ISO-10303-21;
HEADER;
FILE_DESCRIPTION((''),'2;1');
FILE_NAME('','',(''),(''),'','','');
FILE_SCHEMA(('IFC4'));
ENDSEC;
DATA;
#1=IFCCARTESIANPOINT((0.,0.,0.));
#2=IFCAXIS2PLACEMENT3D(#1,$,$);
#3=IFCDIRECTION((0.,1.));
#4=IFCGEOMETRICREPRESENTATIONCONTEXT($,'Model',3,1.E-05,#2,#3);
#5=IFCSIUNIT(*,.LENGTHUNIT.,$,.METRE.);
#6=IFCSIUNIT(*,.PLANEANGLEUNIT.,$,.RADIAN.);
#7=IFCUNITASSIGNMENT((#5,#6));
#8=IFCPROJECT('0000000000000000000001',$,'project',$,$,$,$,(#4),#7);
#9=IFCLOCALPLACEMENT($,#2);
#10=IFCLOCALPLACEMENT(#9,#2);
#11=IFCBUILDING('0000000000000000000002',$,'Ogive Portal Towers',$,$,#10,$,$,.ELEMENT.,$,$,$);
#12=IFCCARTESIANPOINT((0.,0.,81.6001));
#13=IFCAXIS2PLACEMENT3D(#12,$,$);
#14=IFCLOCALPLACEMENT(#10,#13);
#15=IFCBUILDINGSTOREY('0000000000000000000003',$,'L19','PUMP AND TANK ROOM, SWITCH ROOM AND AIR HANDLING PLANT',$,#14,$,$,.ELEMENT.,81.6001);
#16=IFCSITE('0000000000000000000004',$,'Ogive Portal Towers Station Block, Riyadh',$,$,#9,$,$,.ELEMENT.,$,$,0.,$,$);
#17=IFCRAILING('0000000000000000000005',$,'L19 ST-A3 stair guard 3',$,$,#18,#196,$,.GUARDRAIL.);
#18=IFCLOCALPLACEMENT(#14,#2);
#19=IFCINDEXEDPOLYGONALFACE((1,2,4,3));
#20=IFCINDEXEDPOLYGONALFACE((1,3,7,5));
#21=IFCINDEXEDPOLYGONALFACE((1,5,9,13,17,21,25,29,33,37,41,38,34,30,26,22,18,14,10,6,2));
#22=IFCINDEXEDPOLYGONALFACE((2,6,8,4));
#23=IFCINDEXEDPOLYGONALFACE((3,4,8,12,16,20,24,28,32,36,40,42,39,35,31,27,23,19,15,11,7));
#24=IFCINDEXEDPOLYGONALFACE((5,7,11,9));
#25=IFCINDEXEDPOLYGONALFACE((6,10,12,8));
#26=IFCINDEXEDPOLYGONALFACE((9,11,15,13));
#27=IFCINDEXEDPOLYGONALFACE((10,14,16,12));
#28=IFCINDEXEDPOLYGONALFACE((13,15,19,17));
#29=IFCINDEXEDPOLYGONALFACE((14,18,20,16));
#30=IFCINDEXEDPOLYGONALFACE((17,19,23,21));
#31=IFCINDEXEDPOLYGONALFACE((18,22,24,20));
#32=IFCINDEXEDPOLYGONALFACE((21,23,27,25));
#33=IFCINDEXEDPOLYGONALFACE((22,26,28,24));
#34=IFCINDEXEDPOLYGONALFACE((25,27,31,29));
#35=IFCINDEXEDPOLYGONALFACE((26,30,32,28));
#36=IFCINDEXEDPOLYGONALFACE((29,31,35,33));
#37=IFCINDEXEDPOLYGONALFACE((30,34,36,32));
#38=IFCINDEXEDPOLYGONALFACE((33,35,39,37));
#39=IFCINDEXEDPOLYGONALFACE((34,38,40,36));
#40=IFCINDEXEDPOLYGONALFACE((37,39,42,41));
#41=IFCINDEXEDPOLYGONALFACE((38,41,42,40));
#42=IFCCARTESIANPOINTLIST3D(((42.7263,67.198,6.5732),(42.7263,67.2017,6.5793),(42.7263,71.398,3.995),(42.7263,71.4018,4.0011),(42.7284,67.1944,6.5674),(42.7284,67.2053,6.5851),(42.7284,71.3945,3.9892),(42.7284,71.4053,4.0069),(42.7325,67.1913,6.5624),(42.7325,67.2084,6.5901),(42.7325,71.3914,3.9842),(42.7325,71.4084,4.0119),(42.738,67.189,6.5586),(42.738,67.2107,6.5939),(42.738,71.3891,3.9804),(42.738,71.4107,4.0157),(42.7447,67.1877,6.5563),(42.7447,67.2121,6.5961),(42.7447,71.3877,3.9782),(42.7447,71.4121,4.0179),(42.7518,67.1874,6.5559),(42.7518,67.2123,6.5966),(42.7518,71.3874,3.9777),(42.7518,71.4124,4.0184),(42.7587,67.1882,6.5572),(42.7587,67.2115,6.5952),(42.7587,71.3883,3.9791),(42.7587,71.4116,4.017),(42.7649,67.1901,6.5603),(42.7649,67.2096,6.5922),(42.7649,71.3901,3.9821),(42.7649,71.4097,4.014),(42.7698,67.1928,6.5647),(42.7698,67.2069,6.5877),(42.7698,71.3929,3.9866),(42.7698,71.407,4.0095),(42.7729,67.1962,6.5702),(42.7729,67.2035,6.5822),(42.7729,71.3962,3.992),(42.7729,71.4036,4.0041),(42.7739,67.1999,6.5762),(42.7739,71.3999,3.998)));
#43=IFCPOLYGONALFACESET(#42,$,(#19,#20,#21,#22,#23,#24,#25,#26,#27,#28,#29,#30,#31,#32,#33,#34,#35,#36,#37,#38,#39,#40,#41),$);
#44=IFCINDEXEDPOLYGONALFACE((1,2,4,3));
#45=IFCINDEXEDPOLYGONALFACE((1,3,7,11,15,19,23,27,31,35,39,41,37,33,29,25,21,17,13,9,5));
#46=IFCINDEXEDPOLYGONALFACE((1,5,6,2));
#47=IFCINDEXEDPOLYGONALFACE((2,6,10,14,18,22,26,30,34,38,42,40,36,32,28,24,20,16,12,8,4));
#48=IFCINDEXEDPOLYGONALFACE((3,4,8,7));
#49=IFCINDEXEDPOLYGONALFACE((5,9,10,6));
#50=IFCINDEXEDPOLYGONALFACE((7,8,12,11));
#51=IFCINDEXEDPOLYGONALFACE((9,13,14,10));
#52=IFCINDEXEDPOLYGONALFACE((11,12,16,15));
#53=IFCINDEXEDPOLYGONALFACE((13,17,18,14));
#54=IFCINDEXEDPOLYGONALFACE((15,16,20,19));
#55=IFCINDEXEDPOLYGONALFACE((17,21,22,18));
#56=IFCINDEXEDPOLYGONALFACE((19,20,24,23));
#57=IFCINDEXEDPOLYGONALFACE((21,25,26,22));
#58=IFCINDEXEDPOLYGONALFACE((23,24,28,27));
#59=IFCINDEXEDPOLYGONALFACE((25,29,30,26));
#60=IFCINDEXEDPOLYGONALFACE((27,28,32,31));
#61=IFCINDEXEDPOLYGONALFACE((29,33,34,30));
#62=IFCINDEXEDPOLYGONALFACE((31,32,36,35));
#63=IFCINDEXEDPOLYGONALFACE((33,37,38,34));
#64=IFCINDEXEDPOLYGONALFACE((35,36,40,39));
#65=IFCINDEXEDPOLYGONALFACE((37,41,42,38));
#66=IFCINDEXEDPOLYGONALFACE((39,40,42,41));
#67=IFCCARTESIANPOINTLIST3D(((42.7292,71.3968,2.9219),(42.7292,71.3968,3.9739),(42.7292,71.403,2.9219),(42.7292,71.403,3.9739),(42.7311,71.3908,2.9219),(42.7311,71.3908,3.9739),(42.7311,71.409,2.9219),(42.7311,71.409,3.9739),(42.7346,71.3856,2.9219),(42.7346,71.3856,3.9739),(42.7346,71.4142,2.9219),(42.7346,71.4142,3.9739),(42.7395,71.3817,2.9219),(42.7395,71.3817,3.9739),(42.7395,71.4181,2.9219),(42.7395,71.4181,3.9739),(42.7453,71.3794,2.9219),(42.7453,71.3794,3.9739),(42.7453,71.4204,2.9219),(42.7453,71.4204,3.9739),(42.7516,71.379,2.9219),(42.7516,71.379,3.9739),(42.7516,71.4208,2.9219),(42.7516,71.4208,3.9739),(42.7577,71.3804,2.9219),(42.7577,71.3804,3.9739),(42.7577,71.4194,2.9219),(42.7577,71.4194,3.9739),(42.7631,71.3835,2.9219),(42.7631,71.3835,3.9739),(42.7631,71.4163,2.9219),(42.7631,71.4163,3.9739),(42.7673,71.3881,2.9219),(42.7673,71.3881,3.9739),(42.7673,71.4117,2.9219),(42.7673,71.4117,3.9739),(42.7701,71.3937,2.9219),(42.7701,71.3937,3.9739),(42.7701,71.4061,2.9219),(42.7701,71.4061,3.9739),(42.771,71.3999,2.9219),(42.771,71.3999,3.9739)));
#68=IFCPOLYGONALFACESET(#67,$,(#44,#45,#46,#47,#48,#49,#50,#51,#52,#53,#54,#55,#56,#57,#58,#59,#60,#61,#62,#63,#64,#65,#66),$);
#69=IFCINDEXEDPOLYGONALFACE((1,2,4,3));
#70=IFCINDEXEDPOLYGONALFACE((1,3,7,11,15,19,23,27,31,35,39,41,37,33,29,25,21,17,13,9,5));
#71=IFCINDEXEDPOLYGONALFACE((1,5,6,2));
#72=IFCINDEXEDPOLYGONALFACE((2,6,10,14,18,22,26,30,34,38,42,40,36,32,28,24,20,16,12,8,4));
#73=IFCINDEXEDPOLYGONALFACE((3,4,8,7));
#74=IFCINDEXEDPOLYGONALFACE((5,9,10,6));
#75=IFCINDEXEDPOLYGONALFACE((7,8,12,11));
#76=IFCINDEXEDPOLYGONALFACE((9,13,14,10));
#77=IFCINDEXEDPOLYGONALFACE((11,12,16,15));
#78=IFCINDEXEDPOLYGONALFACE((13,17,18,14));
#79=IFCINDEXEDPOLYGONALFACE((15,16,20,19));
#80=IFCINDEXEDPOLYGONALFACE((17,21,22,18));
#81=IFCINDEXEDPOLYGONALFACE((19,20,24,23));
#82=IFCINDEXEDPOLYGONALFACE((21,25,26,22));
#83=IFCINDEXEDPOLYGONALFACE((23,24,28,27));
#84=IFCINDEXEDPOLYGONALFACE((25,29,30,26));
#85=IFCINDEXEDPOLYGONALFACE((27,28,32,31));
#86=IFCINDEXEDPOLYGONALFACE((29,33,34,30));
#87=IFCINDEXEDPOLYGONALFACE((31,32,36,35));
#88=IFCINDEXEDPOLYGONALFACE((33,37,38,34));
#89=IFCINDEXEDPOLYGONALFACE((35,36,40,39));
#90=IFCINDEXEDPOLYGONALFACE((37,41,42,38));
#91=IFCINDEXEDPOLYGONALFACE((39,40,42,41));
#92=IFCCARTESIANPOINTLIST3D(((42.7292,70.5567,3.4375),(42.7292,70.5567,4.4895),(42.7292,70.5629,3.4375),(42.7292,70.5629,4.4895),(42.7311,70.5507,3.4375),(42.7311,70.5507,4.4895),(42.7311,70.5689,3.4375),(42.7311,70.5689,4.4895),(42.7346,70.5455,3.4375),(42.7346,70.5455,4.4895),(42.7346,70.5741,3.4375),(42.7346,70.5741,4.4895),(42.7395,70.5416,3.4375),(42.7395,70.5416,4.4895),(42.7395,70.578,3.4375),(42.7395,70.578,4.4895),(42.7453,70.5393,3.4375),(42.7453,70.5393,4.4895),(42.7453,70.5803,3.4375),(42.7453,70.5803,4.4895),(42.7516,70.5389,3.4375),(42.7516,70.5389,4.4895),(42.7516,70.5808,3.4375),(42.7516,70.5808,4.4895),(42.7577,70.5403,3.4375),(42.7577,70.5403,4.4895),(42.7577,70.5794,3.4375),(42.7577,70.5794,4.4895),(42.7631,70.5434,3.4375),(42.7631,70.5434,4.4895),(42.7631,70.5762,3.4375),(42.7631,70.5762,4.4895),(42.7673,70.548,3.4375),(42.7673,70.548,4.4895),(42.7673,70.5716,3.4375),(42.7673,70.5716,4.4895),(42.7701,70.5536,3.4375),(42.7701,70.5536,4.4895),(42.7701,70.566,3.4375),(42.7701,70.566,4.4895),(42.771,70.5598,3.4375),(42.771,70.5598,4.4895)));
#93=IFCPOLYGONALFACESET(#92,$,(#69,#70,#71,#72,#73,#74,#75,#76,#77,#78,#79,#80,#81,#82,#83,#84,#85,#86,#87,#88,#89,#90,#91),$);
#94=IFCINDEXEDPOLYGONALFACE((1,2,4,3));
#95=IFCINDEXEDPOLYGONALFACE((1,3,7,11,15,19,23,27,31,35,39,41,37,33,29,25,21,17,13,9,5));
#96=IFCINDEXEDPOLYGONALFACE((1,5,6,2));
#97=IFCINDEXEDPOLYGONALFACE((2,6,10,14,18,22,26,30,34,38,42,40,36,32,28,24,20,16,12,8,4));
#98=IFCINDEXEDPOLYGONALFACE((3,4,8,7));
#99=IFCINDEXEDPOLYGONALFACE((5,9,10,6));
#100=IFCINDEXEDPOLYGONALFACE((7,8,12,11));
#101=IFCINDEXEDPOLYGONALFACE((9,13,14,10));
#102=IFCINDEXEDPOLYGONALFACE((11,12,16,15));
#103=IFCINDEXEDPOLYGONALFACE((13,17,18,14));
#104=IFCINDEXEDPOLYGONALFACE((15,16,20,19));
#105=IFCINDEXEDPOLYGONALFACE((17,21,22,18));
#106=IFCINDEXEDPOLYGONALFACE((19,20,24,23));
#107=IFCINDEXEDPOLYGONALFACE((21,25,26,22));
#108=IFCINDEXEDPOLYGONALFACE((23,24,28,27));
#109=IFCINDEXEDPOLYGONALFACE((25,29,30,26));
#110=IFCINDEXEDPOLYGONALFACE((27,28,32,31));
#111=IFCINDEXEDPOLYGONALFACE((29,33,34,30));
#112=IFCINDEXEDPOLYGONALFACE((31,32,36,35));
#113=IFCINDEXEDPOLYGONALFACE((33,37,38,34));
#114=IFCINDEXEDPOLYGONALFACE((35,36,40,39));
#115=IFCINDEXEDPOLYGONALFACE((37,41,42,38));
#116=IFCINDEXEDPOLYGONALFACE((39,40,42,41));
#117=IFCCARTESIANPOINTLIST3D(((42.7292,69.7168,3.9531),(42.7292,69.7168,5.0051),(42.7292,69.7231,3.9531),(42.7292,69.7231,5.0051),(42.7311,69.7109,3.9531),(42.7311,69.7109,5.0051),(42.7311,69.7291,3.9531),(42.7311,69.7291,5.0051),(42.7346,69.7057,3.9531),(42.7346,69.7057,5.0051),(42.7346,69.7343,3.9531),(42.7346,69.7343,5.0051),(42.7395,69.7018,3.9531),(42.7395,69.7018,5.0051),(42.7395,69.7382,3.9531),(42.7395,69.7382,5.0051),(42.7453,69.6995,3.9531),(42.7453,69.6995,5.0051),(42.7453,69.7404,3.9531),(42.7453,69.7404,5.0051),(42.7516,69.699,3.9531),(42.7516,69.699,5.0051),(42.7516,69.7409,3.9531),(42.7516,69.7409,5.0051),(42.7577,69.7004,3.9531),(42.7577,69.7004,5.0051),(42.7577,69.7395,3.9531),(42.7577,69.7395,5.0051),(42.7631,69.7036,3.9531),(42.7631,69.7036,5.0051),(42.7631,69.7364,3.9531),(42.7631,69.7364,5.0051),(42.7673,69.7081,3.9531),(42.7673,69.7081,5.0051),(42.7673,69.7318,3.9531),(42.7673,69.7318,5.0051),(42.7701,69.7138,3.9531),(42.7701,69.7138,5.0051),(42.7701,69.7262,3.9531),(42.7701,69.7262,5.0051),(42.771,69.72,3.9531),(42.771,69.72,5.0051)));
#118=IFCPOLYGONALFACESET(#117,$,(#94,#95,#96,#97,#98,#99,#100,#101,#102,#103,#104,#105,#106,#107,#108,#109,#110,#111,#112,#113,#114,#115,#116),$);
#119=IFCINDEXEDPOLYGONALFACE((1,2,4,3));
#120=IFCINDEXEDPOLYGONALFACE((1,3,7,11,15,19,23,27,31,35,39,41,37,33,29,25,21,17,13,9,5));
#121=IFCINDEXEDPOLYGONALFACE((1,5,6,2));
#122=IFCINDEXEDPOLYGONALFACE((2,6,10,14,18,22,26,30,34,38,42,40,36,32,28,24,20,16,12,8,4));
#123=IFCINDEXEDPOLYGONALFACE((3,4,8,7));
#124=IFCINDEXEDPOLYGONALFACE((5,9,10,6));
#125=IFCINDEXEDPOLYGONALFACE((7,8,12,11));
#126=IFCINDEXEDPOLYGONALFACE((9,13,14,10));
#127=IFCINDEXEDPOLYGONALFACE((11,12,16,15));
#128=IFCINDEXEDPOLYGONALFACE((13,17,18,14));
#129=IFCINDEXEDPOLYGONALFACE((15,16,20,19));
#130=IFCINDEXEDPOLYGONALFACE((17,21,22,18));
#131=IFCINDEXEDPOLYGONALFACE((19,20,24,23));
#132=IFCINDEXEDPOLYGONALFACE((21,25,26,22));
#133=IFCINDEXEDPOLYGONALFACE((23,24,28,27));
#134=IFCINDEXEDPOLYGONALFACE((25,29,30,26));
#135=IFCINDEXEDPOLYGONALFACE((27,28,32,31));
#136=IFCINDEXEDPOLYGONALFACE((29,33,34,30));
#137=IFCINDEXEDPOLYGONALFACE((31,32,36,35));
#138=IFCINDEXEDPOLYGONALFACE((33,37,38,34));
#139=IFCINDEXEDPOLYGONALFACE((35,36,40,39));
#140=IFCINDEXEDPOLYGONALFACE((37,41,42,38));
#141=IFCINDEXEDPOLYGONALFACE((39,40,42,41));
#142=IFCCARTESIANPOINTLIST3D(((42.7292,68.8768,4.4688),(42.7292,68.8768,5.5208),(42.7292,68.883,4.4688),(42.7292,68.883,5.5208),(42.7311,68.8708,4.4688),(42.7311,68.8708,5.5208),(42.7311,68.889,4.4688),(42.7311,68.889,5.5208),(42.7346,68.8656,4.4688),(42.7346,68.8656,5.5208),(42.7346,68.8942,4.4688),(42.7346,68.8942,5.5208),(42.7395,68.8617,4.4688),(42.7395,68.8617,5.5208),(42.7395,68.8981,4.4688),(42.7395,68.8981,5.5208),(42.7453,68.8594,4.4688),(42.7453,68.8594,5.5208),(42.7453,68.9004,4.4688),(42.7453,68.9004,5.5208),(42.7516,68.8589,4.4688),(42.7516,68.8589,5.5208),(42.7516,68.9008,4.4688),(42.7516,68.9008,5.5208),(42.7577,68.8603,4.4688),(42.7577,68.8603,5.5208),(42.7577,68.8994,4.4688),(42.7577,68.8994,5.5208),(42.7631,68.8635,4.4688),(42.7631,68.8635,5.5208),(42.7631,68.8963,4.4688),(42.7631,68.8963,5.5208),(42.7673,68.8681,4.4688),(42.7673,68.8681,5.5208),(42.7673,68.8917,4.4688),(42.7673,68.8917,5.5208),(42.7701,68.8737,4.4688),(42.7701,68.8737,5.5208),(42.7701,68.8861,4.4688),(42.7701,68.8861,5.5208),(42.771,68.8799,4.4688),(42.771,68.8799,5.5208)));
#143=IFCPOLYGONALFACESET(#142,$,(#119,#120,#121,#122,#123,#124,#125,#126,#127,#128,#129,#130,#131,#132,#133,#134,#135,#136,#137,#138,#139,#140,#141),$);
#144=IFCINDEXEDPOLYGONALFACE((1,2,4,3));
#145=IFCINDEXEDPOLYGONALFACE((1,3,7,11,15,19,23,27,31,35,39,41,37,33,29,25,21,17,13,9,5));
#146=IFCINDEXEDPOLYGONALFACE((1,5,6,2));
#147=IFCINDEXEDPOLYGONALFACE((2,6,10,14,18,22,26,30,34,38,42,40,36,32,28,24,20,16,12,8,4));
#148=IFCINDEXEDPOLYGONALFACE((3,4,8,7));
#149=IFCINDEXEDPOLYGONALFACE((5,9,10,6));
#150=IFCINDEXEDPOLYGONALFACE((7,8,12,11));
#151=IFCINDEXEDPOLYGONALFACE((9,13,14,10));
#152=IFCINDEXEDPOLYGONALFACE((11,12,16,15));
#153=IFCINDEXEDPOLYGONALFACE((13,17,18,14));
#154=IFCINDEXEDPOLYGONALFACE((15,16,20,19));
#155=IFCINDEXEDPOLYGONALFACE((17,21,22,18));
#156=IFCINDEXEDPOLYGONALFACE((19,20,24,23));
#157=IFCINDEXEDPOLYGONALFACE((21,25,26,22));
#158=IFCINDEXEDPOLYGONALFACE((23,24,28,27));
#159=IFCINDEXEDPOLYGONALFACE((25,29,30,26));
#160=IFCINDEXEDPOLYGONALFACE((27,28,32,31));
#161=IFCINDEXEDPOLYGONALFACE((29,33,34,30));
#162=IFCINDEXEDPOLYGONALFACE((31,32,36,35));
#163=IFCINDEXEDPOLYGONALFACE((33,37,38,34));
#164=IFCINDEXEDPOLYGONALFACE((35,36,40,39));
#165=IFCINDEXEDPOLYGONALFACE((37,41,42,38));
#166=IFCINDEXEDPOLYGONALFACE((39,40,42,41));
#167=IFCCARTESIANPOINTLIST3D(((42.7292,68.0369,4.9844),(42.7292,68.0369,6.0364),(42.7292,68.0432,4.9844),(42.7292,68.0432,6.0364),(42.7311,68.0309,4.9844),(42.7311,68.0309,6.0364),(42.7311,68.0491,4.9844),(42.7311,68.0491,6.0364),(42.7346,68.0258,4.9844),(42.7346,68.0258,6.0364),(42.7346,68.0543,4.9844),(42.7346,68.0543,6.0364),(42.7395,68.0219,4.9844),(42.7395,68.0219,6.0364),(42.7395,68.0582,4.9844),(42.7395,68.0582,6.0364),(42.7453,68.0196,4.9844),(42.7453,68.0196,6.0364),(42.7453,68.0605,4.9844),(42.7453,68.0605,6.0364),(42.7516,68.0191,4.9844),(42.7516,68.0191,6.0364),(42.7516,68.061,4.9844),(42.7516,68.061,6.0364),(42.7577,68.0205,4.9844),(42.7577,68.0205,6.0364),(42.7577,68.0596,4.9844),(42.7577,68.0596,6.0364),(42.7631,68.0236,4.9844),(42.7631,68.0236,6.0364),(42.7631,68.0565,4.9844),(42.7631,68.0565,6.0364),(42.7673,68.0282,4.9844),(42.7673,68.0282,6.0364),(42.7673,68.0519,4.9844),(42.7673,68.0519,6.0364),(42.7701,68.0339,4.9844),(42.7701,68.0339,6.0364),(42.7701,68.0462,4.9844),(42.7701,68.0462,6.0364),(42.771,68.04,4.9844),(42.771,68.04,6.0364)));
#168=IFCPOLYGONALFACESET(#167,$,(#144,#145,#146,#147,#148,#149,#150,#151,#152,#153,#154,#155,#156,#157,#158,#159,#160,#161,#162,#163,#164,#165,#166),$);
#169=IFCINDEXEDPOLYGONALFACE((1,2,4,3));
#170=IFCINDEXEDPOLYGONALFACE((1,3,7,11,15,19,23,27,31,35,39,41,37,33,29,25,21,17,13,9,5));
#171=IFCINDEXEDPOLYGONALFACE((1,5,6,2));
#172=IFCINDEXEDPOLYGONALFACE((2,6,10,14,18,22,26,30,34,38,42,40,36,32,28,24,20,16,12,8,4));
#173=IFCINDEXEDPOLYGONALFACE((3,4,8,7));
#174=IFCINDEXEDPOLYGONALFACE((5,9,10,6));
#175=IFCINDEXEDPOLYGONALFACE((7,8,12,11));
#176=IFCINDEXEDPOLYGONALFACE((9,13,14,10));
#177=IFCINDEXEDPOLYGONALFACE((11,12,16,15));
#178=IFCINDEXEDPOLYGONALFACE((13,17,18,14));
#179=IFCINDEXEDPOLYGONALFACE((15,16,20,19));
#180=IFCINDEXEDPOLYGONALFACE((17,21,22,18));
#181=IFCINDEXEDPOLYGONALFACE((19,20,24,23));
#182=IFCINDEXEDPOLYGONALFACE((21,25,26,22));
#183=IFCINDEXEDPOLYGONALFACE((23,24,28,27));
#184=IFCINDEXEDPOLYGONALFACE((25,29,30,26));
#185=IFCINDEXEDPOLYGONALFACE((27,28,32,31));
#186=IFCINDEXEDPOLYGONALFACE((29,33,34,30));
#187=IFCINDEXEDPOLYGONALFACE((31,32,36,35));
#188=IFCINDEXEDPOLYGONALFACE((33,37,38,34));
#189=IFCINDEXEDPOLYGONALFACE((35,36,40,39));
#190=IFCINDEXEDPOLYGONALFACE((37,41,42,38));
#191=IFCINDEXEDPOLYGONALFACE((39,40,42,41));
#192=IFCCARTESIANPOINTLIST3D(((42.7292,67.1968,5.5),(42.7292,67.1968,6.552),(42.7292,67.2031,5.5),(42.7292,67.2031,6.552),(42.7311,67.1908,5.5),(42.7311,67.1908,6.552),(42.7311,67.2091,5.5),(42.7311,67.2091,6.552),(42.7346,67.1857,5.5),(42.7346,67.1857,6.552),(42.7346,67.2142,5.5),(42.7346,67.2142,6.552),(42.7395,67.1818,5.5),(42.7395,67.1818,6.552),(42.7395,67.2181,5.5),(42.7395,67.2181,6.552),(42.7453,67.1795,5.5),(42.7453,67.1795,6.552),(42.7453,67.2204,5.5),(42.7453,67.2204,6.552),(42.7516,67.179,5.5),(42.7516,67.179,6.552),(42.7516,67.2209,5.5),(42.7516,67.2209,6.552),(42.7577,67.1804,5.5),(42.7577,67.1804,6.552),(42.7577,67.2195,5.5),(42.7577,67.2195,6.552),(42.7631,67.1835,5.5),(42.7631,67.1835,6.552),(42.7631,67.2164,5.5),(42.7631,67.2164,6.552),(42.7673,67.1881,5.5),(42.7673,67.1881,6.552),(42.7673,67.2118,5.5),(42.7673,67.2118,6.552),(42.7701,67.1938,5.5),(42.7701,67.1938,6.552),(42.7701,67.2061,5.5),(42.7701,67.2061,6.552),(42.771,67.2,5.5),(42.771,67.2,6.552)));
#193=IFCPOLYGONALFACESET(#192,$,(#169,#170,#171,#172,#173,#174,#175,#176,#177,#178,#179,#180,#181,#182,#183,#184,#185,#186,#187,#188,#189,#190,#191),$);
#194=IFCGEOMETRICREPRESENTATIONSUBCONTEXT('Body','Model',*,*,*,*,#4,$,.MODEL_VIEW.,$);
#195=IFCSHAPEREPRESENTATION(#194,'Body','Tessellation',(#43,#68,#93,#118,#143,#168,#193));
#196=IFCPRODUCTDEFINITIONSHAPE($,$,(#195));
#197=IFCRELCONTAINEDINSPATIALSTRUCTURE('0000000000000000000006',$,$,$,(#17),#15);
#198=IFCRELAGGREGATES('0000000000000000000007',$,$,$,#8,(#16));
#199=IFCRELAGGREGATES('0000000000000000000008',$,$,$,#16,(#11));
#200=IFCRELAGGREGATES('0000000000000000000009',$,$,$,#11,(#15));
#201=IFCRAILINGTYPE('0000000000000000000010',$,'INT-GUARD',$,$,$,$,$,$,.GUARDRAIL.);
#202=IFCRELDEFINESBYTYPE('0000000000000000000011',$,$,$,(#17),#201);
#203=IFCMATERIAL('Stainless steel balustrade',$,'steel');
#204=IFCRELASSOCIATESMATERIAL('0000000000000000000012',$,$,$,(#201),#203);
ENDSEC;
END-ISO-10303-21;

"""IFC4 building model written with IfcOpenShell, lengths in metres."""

from ifc_helpers import new_model, si_unit, direction, frame, origin, origin_2d, place, context, subcontext, project, spatial, circle, extrude, material, type_object, element, save


model = new_model("IFC4")

# Units and contexts
model_context = context("Model", 3, precision=1e-05, world=origin(), true_north=direction((0.0, 1.0)))
body_context = subcontext(model_context, "Body", "Model", "MODEL_VIEW")
ifc_project = project(units=[si_unit("LENGTHUNIT", "METRE"), si_unit("PLANEANGLEUNIT", "RADIAN")], contexts=[model_context])

# Site, building, storey
site_placement = place(None, origin())
site = spatial("IfcSite", under=ifc_project, at=site_placement, Name="Ogive Portal Towers Station Block, Riyadh", CompositionType="ELEMENT", RefElevation=0.0)
building_placement = place(site_placement, origin())
building = spatial("IfcBuilding", under=site, at=building_placement, Name="Ogive Portal Towers", CompositionType="ELEMENT")
storey_placement = place(building_placement, frame((0.0, 0.0, 81.6001)))
storey = spatial("IfcBuildingStorey", under=building, at=storey_placement, Name="L19", Description="PUMP AND TANK ROOM, SWITCH ROOM AND AIR HANDLING PLANT", CompositionType="ELEMENT", Elevation=81.6001)

# Railing
ifc_material_1 = material(Name="Stainless steel balustrade", Category="steel")
railing_type_1 = type_object("IfcRailingType", Name="INT-GUARD", PredefinedType="GUARDRAIL", material=ifc_material_1)
railing_1_placement = place(storey_placement, frame((42.75, 71.3999, 2.9219)))
element("IfcRailing", 1, at=railing_1_placement, inside=storey, type_object=railing_type_1, Name="L19 ST-A3 stair guard 3", PredefinedType="GUARDRAIL", context=body_context, shape_type="SweptSolid", body=[
    extrude(circle(Radius=0.0239, at=origin_2d()), frame((0.0, 0.0, 1.0762), z_axis=(0.0, -0.852243, 0.523146), x_axis=(1.0, 0.0, 0.0)), (0.0, 0.0, 1.0), 4.9282),
    extrude(circle(Radius=0.021, at=origin_2d()), origin(), (0.0, 0.0, 1.0), 1.052),
    extrude(circle(Radius=0.021, at=origin_2d()), frame((0.0, -0.8401, 0.5156)), (0.0, 0.0, 1.0), 1.052),
    extrude(circle(Radius=0.021, at=origin_2d()), frame((0.0, -1.6799, 1.0312)), (0.0, 0.0, 1.0), 1.052),
    extrude(circle(Radius=0.021, at=origin_2d()), frame((0.0, -2.52, 1.5469)), (0.0, 0.0, 1.0), 1.052),
    extrude(circle(Radius=0.021, at=origin_2d()), frame((0.0, -3.3599, 2.0625)), (0.0, 0.0, 1.0), 1.052),
    extrude(circle(Radius=0.021, at=origin_2d()), frame((0.0, -4.2, 2.5781)), (0.0, 0.0, 1.0), 1.052),
])

save(model, "model.ifc")
